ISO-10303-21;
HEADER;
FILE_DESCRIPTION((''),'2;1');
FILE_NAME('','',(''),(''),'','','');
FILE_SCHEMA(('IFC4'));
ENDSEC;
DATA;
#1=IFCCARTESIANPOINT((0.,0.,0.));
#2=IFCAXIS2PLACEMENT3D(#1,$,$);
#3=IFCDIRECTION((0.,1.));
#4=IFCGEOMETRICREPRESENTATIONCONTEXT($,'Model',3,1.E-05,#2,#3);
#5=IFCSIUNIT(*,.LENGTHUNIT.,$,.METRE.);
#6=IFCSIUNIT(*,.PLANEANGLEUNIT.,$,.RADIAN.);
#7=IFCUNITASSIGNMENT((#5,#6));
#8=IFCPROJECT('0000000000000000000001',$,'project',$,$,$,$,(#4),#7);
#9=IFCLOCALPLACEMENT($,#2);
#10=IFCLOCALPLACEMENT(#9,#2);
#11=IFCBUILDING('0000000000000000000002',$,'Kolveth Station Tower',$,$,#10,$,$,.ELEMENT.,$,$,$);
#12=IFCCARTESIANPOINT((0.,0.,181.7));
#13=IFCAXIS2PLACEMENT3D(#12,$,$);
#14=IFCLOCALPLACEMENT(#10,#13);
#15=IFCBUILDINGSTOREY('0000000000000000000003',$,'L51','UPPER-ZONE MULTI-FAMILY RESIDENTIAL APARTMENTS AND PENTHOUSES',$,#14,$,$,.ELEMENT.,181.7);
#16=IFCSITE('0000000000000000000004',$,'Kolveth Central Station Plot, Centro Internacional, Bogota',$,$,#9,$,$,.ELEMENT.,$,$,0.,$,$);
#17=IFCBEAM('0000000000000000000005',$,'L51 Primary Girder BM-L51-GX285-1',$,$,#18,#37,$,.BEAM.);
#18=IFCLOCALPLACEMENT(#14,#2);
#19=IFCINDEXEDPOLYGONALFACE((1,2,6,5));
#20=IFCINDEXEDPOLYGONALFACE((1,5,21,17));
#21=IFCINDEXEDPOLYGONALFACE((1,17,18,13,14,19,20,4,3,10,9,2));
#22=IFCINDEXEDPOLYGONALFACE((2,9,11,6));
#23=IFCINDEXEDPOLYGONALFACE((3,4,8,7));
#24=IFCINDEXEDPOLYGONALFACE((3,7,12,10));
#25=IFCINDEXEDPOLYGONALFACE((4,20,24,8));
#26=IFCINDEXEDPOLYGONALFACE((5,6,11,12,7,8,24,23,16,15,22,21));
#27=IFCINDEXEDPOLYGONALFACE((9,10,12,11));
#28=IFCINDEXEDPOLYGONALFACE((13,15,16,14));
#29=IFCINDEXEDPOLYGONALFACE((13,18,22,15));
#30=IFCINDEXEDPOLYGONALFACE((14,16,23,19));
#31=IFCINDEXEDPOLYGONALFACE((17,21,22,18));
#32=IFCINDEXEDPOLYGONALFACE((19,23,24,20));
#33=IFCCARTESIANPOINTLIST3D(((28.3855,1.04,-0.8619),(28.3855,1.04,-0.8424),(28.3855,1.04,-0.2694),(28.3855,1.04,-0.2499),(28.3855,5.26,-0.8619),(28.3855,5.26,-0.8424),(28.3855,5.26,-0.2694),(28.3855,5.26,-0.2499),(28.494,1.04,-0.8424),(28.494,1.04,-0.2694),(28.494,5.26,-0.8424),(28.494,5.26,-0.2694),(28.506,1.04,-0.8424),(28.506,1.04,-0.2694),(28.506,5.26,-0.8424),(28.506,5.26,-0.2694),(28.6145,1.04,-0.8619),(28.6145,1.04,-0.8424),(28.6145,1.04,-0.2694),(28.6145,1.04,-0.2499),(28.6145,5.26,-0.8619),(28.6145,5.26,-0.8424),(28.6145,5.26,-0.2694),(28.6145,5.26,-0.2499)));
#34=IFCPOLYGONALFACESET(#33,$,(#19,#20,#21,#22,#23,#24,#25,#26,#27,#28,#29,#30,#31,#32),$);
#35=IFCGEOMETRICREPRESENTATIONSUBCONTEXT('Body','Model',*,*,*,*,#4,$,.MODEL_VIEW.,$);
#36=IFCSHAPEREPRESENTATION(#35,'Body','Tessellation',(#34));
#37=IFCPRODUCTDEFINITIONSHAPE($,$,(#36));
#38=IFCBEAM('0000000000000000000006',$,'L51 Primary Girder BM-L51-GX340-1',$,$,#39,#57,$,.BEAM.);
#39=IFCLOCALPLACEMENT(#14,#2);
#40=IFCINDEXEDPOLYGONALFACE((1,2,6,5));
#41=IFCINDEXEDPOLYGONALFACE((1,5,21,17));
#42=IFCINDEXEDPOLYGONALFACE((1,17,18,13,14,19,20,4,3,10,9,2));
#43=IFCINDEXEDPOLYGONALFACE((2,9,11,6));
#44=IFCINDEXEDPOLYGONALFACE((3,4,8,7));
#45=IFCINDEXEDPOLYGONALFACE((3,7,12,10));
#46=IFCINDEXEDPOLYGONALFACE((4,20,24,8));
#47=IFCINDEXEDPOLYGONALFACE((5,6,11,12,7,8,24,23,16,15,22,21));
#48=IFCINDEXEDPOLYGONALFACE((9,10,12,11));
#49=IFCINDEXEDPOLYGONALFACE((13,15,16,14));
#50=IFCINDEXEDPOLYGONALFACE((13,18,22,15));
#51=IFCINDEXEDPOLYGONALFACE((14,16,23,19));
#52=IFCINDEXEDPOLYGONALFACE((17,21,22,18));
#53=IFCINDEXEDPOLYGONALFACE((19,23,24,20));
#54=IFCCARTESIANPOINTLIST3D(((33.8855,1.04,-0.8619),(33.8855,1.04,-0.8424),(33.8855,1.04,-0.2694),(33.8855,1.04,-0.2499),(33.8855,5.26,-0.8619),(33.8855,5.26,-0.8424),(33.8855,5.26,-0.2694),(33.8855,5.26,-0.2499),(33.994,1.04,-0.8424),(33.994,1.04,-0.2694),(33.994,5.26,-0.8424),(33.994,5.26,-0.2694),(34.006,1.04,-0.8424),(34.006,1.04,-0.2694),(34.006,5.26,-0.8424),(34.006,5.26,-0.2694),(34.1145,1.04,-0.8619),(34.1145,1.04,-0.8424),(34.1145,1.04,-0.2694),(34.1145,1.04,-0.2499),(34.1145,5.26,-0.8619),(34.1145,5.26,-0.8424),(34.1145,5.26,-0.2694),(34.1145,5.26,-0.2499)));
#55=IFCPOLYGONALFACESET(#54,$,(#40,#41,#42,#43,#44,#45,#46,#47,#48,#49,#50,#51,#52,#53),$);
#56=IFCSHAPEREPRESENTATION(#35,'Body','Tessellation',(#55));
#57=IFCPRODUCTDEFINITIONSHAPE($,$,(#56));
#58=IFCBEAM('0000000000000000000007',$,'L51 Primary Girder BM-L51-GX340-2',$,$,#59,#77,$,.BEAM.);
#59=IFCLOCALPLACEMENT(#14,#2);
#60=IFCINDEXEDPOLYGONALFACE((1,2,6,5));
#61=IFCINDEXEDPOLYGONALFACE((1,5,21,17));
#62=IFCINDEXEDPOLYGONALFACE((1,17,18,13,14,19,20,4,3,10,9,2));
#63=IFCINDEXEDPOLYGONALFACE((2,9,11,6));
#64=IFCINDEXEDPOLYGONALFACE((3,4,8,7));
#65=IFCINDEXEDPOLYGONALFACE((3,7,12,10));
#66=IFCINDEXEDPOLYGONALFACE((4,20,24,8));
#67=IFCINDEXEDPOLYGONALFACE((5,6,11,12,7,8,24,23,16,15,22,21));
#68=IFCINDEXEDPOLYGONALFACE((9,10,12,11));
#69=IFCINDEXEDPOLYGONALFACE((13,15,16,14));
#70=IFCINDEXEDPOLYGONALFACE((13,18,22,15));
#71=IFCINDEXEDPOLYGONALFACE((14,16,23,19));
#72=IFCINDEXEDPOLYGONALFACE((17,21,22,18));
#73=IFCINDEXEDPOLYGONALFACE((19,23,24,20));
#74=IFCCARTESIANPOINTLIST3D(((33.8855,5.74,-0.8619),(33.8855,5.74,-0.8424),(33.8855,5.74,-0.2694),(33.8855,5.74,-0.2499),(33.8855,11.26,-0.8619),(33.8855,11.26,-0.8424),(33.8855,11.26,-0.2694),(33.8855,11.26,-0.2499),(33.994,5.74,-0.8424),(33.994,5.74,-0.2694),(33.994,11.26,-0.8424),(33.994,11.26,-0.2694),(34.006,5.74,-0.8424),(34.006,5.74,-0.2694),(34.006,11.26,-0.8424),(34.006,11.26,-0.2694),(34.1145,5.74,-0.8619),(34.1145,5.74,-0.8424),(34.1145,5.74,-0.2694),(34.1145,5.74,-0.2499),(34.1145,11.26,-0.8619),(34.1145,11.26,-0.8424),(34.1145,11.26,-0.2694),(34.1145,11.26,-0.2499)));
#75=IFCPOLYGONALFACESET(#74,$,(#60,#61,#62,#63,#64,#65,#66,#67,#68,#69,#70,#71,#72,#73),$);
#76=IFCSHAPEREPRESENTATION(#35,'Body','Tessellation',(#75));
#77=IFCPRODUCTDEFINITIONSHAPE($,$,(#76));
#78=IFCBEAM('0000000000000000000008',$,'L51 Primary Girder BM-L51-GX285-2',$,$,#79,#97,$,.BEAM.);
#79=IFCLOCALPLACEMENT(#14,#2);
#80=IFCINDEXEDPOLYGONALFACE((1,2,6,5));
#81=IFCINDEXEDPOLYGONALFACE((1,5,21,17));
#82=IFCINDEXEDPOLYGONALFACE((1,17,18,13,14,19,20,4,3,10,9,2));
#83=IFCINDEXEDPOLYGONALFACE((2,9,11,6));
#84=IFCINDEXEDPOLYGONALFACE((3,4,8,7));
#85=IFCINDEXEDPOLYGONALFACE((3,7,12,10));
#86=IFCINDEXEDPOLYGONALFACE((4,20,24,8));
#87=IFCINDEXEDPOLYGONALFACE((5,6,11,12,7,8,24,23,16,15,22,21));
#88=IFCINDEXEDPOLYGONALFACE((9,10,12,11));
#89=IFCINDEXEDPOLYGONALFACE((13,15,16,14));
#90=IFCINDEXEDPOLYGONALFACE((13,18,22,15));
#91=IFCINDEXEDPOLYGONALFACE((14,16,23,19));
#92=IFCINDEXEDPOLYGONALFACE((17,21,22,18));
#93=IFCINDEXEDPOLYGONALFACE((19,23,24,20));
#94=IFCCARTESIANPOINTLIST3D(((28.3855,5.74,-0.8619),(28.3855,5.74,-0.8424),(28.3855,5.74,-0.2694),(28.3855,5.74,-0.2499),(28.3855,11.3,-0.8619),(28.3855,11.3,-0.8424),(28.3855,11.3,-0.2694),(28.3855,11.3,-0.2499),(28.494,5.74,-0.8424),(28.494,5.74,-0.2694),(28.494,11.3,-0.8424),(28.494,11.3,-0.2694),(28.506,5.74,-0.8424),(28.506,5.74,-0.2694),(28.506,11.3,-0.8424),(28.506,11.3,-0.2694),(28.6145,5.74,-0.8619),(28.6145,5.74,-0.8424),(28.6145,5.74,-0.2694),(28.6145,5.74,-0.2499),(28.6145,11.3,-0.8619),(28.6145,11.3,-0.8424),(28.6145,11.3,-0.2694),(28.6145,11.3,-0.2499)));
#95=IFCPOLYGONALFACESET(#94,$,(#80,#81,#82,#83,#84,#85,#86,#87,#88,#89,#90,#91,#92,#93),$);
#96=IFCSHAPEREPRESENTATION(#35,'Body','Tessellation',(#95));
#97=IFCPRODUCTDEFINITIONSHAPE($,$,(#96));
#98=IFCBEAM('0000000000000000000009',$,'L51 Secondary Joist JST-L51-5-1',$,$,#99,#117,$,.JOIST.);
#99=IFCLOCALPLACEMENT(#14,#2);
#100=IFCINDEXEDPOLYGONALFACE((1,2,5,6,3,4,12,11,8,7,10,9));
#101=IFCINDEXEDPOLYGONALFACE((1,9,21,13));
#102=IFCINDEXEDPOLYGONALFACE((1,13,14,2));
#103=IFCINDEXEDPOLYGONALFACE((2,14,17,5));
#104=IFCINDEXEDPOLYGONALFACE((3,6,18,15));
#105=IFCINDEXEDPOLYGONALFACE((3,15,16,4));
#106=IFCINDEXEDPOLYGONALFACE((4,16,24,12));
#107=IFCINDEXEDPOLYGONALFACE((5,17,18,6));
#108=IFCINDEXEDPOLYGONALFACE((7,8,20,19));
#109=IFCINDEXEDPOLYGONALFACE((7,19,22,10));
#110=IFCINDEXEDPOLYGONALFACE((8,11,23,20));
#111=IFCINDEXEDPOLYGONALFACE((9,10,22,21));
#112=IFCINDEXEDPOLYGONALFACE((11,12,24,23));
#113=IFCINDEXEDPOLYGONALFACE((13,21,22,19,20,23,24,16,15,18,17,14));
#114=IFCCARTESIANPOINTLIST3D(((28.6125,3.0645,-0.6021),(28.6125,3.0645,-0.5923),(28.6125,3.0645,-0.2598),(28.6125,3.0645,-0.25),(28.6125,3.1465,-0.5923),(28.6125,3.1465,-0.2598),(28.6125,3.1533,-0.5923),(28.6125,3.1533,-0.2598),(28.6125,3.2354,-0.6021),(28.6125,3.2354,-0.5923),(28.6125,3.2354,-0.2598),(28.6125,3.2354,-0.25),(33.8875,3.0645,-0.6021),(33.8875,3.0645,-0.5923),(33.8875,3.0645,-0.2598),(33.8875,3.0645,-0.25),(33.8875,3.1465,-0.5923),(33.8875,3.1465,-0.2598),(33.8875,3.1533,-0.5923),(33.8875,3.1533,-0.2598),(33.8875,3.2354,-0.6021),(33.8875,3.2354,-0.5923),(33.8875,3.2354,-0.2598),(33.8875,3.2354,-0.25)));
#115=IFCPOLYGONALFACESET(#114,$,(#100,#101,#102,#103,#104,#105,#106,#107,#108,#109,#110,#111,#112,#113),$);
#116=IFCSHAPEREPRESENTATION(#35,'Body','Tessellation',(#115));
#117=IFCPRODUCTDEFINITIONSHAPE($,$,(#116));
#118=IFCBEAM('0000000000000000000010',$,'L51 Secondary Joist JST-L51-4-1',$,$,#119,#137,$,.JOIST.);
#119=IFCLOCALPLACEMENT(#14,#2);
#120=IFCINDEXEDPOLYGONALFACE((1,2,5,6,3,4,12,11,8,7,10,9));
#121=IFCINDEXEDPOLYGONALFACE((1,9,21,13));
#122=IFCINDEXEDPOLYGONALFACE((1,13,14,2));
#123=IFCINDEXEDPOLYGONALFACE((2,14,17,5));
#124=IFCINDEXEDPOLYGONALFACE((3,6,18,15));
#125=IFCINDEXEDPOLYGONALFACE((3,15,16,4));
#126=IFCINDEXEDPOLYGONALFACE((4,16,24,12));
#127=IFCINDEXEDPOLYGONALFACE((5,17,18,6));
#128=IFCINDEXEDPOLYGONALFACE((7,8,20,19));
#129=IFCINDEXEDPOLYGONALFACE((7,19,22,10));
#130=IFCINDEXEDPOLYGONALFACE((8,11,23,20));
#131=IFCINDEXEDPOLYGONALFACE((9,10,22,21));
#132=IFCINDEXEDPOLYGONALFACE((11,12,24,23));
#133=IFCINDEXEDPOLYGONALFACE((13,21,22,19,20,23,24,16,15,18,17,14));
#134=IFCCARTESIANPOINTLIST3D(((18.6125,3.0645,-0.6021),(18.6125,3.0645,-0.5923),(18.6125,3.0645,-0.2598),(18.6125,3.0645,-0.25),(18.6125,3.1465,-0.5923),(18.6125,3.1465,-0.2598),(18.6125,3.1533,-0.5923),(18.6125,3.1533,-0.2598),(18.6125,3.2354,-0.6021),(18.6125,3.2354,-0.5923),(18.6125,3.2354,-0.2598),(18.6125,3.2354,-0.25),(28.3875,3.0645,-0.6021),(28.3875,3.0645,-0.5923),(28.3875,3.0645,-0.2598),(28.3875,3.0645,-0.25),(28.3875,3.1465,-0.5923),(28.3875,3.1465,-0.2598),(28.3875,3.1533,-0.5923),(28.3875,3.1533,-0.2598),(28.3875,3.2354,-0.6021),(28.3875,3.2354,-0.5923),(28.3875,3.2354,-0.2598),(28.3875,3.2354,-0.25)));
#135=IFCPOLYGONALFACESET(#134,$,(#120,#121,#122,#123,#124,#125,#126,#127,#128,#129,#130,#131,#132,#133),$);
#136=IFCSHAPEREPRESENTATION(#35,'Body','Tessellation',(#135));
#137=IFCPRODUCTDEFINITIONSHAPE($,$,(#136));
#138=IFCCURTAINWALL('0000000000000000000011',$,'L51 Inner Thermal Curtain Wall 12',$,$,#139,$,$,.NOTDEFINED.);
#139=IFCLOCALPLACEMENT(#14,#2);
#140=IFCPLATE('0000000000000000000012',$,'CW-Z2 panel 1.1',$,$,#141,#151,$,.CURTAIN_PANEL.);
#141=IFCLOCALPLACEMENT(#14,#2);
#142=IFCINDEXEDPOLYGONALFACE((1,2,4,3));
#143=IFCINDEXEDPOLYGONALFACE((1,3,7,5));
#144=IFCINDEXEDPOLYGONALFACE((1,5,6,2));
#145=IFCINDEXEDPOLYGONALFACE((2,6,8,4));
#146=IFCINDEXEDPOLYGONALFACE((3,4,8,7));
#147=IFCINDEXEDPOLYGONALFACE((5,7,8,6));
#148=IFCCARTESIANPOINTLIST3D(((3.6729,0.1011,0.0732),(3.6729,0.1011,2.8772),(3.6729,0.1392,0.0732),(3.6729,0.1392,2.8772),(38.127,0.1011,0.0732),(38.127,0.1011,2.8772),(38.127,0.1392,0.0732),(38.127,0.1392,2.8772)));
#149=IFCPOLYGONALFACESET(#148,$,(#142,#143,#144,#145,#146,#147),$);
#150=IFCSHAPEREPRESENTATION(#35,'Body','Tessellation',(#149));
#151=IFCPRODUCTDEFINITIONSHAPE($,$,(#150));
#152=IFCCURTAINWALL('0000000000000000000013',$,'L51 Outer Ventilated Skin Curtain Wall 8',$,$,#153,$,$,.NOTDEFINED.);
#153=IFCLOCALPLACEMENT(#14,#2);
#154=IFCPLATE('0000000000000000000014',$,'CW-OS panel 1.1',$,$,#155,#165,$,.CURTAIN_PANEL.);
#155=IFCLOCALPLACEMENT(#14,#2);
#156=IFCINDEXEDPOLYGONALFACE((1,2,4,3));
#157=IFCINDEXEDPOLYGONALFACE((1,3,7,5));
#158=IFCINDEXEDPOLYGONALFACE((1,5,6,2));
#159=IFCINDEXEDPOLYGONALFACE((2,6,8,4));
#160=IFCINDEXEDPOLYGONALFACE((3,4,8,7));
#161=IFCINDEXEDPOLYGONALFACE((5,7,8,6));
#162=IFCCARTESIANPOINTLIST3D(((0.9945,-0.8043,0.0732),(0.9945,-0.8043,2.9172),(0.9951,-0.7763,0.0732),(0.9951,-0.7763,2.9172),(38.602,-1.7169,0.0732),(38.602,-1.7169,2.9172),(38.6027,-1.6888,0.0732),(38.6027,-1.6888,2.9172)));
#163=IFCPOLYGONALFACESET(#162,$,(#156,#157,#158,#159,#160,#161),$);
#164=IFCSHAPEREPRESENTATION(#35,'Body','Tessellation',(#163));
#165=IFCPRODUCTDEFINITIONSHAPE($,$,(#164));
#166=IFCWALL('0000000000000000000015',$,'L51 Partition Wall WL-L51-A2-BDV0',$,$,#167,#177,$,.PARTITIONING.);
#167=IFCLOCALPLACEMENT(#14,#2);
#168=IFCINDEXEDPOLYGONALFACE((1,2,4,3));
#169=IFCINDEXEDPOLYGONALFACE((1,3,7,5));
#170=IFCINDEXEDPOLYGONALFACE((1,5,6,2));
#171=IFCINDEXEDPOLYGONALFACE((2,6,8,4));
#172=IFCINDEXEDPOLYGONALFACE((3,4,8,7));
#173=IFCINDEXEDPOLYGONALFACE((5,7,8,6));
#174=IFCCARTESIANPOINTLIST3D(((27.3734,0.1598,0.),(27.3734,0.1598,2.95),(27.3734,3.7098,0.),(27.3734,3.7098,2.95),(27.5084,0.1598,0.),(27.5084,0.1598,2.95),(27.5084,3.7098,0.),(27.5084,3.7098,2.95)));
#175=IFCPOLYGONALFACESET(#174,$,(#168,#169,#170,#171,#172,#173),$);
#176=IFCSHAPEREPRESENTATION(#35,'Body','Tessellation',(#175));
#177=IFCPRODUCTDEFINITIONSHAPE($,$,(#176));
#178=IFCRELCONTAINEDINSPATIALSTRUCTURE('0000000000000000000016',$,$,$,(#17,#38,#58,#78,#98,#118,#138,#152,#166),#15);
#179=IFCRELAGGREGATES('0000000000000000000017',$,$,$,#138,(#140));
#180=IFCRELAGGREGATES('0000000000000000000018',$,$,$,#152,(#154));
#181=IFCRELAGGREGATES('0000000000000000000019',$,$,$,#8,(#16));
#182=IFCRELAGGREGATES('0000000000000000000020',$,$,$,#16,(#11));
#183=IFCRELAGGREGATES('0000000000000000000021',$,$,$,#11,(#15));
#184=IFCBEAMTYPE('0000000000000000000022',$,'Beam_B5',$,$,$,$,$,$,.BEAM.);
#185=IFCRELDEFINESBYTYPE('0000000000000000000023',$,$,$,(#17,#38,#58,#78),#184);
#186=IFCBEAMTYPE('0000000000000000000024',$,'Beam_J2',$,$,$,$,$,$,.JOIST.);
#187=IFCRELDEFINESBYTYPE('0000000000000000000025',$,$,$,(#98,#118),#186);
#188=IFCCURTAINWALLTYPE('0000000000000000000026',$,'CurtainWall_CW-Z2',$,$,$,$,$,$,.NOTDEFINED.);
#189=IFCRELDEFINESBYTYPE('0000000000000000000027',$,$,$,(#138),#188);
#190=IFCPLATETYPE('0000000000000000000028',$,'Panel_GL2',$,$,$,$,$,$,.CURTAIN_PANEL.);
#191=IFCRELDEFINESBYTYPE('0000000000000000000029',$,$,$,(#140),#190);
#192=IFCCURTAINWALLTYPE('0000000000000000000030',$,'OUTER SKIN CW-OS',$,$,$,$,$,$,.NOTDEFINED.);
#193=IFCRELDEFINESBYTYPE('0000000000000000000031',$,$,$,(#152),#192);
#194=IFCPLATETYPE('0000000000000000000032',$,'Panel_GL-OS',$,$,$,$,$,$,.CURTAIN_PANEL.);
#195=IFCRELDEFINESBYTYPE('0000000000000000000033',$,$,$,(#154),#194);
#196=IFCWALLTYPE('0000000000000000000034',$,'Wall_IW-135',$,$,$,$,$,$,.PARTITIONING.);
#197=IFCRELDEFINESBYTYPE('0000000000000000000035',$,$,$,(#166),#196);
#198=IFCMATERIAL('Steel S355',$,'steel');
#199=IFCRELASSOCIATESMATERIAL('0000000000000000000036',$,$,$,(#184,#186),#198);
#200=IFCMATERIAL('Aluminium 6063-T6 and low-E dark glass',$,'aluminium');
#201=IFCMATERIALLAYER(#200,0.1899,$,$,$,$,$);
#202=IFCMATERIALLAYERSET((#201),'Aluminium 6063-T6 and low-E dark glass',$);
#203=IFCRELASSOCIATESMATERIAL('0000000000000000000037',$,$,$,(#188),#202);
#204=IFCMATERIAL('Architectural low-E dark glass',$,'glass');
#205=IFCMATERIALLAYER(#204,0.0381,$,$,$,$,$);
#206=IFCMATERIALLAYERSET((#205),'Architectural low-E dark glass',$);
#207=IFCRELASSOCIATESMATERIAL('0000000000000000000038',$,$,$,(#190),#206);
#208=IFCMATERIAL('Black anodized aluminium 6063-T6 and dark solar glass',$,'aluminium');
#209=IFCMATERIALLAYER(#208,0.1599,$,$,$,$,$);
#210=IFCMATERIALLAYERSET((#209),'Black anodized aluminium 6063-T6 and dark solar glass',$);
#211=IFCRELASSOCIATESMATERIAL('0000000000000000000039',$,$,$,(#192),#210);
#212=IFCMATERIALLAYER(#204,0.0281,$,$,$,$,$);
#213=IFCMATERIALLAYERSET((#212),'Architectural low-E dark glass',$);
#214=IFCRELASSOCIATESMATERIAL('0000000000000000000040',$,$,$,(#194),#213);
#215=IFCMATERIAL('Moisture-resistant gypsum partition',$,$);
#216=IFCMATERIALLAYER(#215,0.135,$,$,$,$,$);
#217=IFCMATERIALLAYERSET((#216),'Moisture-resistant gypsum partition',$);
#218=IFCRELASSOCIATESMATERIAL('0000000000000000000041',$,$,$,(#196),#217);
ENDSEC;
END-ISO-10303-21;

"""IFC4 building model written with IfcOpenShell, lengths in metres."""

from ifc_helpers import new_model, si_unit, direction, frame, frame_2d, origin, origin_2d, place, context, subcontext, project, spatial, rectangle, i_section, extrude, source, transform, mapped, material, layer, layer_set, material_profile, profile_set, type_object, element, aggregate, save


model = new_model("IFC4")

# Units and contexts
model_context = context("Model", 3, precision=1e-05, world=origin(), true_north=direction((0.0, 1.0)))
body_context = subcontext(model_context, "Body", "Model", "MODEL_VIEW")
ifc_project = project(units=[si_unit("LENGTHUNIT", "METRE"), si_unit("PLANEANGLEUNIT", "RADIAN")], contexts=[model_context])

# Site, building, storey
site_placement = place(None, origin())
site = spatial("IfcSite", under=ifc_project, at=site_placement, Name="Kolveth Central Station Plot, Centro Internacional, Bogota", CompositionType="ELEMENT", RefElevation=0.0)
building_placement = place(site_placement, origin())
building = spatial("IfcBuilding", under=site, at=building_placement, Name="Kolveth Station Tower", CompositionType="ELEMENT")
storey_placement = place(building_placement, frame((0.0, 0.0, 181.7)))
storey = spatial("IfcBuildingStorey", under=building, at=storey_placement, Name="L51", Description="UPPER-ZONE MULTI-FAMILY RESIDENTIAL APARTMENTS AND PENTHOUSES", CompositionType="ELEMENT", Elevation=181.7)

# Shared definitions
ifc_material_1 = material(Name="Steel S355", Category="steel")

# Beams
ifc_material_profile_1 = material_profile(ifc_material_1, i_section(OverallWidth=0.229, OverallDepth=0.6121, WebThickness=0.012, FlangeThickness=0.0195, at=origin_2d()), Name="W610x125")
ifc_profile_set_1 = profile_set([ifc_material_profile_1], Name="Steel S355")
beam_type_1 = type_object("IfcBeamType", Name="Beam_B5", PredefinedType="BEAM", material=ifc_profile_set_1)
shared_shape_1 = source(origin(), body_context, "Body", "SweptSolid", [
    extrude(i_section(OverallWidth=0.229, OverallDepth=0.6121, WebThickness=0.012, FlangeThickness=0.0195, at=origin_2d()), origin(), (0.0, 0.0, 1.0), 4.22),
])
for number, where, z_axis, x_axis, name in (
    (1, (28.5, 1.04, -0.5559), (0.0, 1.0, 0.0), (-1.0, 0.0, 0.0), "L51 Primary Girder BM-L51-GX285-1"),
    (2, (34.0, 1.04, -0.5559), (0.0, 1.0, 0.0), (-1.0, 0.0, 0.0), "L51 Primary Girder BM-L51-GX340-1"),
):
    element("IfcBeam", number, at=place(storey_placement, frame(where, z_axis=z_axis, x_axis=x_axis)), inside=storey, type_object=beam_type_1, Name=name, PredefinedType="BEAM", context=body_context, shape_type="MappedRepresentation", body=[
        mapped(shared_shape_1, transform((0.0, 0.0, 0.0), x_axis=(1.0, 0.0, 0.0), y_axis=(0.0, 1.0, 0.0), z_axis=(0.0, 0.0, 1.0), scale=1.0)),
    ])
shared_shape_2 = source(origin(), body_context, "Body", "SweptSolid", [
    extrude(i_section(OverallWidth=0.229, OverallDepth=0.6121, WebThickness=0.012, FlangeThickness=0.0195, at=origin_2d()), origin(), (0.0, 0.0, 1.0), 5.52),
])
beam_1_placement = place(storey_placement, frame((34.0, 5.74, -0.5559), z_axis=(0.0, 1.0, 0.0), x_axis=(-1.0, 0.0, 0.0)))
element("IfcBeam", 3, at=beam_1_placement, inside=storey, type_object=beam_type_1, Name="L51 Primary Girder BM-L51-GX340-2", PredefinedType="BEAM", context=body_context, shape_type="MappedRepresentation", body=[
    mapped(shared_shape_2, transform((0.0, 0.0, 0.0), x_axis=(1.0, 0.0, 0.0), y_axis=(0.0, 1.0, 0.0), z_axis=(0.0, 0.0, 1.0), scale=1.0)),
])
shared_shape_3 = source(origin(), body_context, "Body", "SweptSolid", [
    extrude(i_section(OverallWidth=0.229, OverallDepth=0.6121, WebThickness=0.012, FlangeThickness=0.0195, at=origin_2d()), origin(), (0.0, 0.0, 1.0), 5.5601),
])
beam_2_placement = place(storey_placement, frame((28.5, 5.74, -0.5559), z_axis=(0.0, 1.0, 0.0), x_axis=(-1.0, 0.0, 0.0)))
element("IfcBeam", 4, at=beam_2_placement, inside=storey, type_object=beam_type_1, Name="L51 Primary Girder BM-L51-GX285-2", PredefinedType="BEAM", context=body_context, shape_type="MappedRepresentation", body=[
    mapped(shared_shape_3, transform((0.0, 0.0, 0.0), x_axis=(1.0, 0.0, 0.0), y_axis=(0.0, 1.0, 0.0), z_axis=(0.0, 0.0, 1.0), scale=1.0)),
])
ifc_material_profile_2 = material_profile(ifc_material_1, i_section(OverallWidth=0.1709, OverallDepth=0.3521, WebThickness=0.0068, FlangeThickness=0.0098, at=origin_2d()), Name="W360x44")
ifc_profile_set_2 = profile_set([ifc_material_profile_2], Name="Steel S355")
beam_type_2 = type_object("IfcBeamType", Name="Beam_J2", PredefinedType="JOIST", material=ifc_profile_set_2)
shared_shape_4 = source(origin(), body_context, "Body", "SweptSolid", [
    extrude(i_section(OverallWidth=0.1709, OverallDepth=0.3521, WebThickness=0.0068, FlangeThickness=0.0098, at=origin_2d()), origin(), (0.0, 0.0, 1.0), 5.2749),
])
beam_3_placement = place(storey_placement, frame((28.6125, 3.1499, -0.426), z_axis=(1.0, 0.0, 0.0), x_axis=(0.0, 1.0, 0.0)))
element("IfcBeam", 5, at=beam_3_placement, inside=storey, type_object=beam_type_2, Name="L51 Secondary Joist JST-L51-5-1", PredefinedType="JOIST", context=body_context, shape_type="MappedRepresentation", body=[
    mapped(shared_shape_4, transform((0.0, 0.0, 0.0), x_axis=(1.0, 0.0, 0.0), y_axis=(0.0, 1.0, 0.0), z_axis=(0.0, 0.0, 1.0), scale=1.0)),
])
shared_shape_5 = source(origin(), body_context, "Body", "SweptSolid", [
    extrude(i_section(OverallWidth=0.1709, OverallDepth=0.3521, WebThickness=0.0068, FlangeThickness=0.0098, at=origin_2d()), origin(), (0.0, 0.0, 1.0), 9.7749),
])
beam_4_placement = place(storey_placement, frame((18.6125, 3.1499, -0.426), z_axis=(1.0, 0.0, 0.0), x_axis=(0.0, 1.0, 0.0)))
element("IfcBeam", 6, at=beam_4_placement, inside=storey, type_object=beam_type_2, Name="L51 Secondary Joist JST-L51-4-1", PredefinedType="JOIST", context=body_context, shape_type="MappedRepresentation", body=[
    mapped(shared_shape_5, transform((0.0, 0.0, 0.0), x_axis=(1.0, 0.0, 0.0), y_axis=(0.0, 1.0, 0.0), z_axis=(0.0, 0.0, 1.0), scale=1.0)),
])

# Curtain walls, plates
ifc_material_2 = material(Name="Aluminium 6063-T6 and low-E dark glass", Category="aluminium")
ifc_layer_1 = layer(ifc_material_2, 0.1899)
ifc_layer_set_1 = layer_set([ifc_layer_1], Name="Aluminium 6063-T6 and low-E dark glass")
curtain_wall_type_1 = type_object("IfcCurtainWallType", Name="CurtainWall_CW-Z2", PredefinedType="NOTDEFINED", material=ifc_layer_set_1)
curtain_wall_1_placement = place(storey_placement, origin())
curtain_wall_1 = element("IfcCurtainWall", 7, at=curtain_wall_1_placement, inside=storey, type_object=curtain_wall_type_1, Name="L51 Inner Thermal Curtain Wall 12", PredefinedType="NOTDEFINED")
ifc_material_3 = material(Name="Architectural low-E dark glass", Category="glass")
ifc_layer_2 = layer(ifc_material_3, 0.0381)
ifc_layer_set_2 = layer_set([ifc_layer_2], Name="Architectural low-E dark glass")
plate_type_1 = type_object("IfcPlateType", Name="Panel_GL2", PredefinedType="CURTAIN_PANEL", material=ifc_layer_set_2)
shared_shape_6 = source(origin(), body_context, "Body", "SweptSolid", [
    extrude(rectangle(XDim=34.4541, YDim=0.0381, at=origin_2d()), origin(), (0.0, 0.0, 1.0), 2.804),
])
plate_1_placement = place(storey_placement, frame((20.8999, 0.1201, 0.0732), z_axis=(0.0, 0.0, 1.0), x_axis=(1.0, 0.0, 0.0)))
plate_1 = element("IfcPlate", 8, at=plate_1_placement, type_object=plate_type_1, Name="CW-Z2 panel 1.1", PredefinedType="CURTAIN_PANEL", context=body_context, shape_type="MappedRepresentation", body=[
    mapped(shared_shape_6, transform((0.0, 0.0, 0.0), x_axis=(1.0, 0.0, 0.0), y_axis=(0.0, 1.0, 0.0), z_axis=(0.0, 0.0, 1.0), scale=1.0)),
])
aggregate(curtain_wall_1, [plate_1])
ifc_material_4 = material(Name="Black anodized aluminium 6063-T6 and dark solar glass", Category="aluminium")
ifc_layer_3 = layer(ifc_material_4, 0.1599)
ifc_layer_set_3 = layer_set([ifc_layer_3], Name="Black anodized aluminium 6063-T6 and dark solar glass")
curtain_wall_type_2 = type_object("IfcCurtainWallType", Name="OUTER SKIN CW-OS", PredefinedType="NOTDEFINED", material=ifc_layer_set_3)
curtain_wall_2_placement = place(storey_placement, origin())
curtain_wall_2 = element("IfcCurtainWall", 9, at=curtain_wall_2_placement, inside=storey, type_object=curtain_wall_type_2, Name="L51 Outer Ventilated Skin Curtain Wall 8", PredefinedType="NOTDEFINED")
ifc_layer_4 = layer(ifc_material_3, 0.0281)
ifc_layer_set_4 = layer_set([ifc_layer_4], Name="Architectural low-E dark glass")
plate_type_2 = type_object("IfcPlateType", Name="Panel_GL-OS", PredefinedType="CURTAIN_PANEL", material=ifc_layer_set_4)
shared_shape_7 = source(origin(), body_context, "Body", "SweptSolid", [
    extrude(rectangle(XDim=37.6187, YDim=0.0281, at=origin_2d()), origin(), (0.0, 0.0, 1.0), 2.844),
])
plate_2_placement = place(storey_placement, frame((19.7986, -1.2466, 0.0732), z_axis=(0.0, 0.0, 1.0), x_axis=(0.999706, -0.024258, 0.0)))
plate_2 = element("IfcPlate", 10, at=plate_2_placement, type_object=plate_type_2, Name="CW-OS panel 1.1", PredefinedType="CURTAIN_PANEL", context=body_context, shape_type="MappedRepresentation", body=[
    mapped(shared_shape_7, transform((0.0, 0.0, 0.0), x_axis=(1.0, 0.0, 0.0), y_axis=(0.0, 1.0, 0.0), z_axis=(0.0, 0.0, 1.0), scale=1.0)),
])
aggregate(curtain_wall_2, [plate_2])

# Wall
ifc_material_5 = material(Name="Moisture-resistant gypsum partition")
ifc_layer_5 = layer(ifc_material_5, 0.135)
ifc_layer_set_5 = layer_set([ifc_layer_5], Name="Moisture-resistant gypsum partition")
wall_type_1 = type_object("IfcWallType", Name="Wall_IW-135", PredefinedType="PARTITIONING", material=ifc_layer_set_5)
wall_1_placement = place(storey_placement, frame((27.4409, 0.1599, 0.0), z_axis=(0.0, 0.0, 1.0), x_axis=(0.0, 1.0, 0.0)))
element("IfcWall", 11, at=wall_1_placement, inside=storey, type_object=wall_type_1, Name="L51 Partition Wall WL-L51-A2-BDV0", PredefinedType="PARTITIONING", context=body_context, shape_type="SweptSolid", body=[
    extrude(rectangle(XDim=3.55, YDim=0.135, at=frame_2d((1.7749, 0.0))), origin(), (0.0, 0.0, 1.0), 2.95),
])

save(model, "model.ifc")
